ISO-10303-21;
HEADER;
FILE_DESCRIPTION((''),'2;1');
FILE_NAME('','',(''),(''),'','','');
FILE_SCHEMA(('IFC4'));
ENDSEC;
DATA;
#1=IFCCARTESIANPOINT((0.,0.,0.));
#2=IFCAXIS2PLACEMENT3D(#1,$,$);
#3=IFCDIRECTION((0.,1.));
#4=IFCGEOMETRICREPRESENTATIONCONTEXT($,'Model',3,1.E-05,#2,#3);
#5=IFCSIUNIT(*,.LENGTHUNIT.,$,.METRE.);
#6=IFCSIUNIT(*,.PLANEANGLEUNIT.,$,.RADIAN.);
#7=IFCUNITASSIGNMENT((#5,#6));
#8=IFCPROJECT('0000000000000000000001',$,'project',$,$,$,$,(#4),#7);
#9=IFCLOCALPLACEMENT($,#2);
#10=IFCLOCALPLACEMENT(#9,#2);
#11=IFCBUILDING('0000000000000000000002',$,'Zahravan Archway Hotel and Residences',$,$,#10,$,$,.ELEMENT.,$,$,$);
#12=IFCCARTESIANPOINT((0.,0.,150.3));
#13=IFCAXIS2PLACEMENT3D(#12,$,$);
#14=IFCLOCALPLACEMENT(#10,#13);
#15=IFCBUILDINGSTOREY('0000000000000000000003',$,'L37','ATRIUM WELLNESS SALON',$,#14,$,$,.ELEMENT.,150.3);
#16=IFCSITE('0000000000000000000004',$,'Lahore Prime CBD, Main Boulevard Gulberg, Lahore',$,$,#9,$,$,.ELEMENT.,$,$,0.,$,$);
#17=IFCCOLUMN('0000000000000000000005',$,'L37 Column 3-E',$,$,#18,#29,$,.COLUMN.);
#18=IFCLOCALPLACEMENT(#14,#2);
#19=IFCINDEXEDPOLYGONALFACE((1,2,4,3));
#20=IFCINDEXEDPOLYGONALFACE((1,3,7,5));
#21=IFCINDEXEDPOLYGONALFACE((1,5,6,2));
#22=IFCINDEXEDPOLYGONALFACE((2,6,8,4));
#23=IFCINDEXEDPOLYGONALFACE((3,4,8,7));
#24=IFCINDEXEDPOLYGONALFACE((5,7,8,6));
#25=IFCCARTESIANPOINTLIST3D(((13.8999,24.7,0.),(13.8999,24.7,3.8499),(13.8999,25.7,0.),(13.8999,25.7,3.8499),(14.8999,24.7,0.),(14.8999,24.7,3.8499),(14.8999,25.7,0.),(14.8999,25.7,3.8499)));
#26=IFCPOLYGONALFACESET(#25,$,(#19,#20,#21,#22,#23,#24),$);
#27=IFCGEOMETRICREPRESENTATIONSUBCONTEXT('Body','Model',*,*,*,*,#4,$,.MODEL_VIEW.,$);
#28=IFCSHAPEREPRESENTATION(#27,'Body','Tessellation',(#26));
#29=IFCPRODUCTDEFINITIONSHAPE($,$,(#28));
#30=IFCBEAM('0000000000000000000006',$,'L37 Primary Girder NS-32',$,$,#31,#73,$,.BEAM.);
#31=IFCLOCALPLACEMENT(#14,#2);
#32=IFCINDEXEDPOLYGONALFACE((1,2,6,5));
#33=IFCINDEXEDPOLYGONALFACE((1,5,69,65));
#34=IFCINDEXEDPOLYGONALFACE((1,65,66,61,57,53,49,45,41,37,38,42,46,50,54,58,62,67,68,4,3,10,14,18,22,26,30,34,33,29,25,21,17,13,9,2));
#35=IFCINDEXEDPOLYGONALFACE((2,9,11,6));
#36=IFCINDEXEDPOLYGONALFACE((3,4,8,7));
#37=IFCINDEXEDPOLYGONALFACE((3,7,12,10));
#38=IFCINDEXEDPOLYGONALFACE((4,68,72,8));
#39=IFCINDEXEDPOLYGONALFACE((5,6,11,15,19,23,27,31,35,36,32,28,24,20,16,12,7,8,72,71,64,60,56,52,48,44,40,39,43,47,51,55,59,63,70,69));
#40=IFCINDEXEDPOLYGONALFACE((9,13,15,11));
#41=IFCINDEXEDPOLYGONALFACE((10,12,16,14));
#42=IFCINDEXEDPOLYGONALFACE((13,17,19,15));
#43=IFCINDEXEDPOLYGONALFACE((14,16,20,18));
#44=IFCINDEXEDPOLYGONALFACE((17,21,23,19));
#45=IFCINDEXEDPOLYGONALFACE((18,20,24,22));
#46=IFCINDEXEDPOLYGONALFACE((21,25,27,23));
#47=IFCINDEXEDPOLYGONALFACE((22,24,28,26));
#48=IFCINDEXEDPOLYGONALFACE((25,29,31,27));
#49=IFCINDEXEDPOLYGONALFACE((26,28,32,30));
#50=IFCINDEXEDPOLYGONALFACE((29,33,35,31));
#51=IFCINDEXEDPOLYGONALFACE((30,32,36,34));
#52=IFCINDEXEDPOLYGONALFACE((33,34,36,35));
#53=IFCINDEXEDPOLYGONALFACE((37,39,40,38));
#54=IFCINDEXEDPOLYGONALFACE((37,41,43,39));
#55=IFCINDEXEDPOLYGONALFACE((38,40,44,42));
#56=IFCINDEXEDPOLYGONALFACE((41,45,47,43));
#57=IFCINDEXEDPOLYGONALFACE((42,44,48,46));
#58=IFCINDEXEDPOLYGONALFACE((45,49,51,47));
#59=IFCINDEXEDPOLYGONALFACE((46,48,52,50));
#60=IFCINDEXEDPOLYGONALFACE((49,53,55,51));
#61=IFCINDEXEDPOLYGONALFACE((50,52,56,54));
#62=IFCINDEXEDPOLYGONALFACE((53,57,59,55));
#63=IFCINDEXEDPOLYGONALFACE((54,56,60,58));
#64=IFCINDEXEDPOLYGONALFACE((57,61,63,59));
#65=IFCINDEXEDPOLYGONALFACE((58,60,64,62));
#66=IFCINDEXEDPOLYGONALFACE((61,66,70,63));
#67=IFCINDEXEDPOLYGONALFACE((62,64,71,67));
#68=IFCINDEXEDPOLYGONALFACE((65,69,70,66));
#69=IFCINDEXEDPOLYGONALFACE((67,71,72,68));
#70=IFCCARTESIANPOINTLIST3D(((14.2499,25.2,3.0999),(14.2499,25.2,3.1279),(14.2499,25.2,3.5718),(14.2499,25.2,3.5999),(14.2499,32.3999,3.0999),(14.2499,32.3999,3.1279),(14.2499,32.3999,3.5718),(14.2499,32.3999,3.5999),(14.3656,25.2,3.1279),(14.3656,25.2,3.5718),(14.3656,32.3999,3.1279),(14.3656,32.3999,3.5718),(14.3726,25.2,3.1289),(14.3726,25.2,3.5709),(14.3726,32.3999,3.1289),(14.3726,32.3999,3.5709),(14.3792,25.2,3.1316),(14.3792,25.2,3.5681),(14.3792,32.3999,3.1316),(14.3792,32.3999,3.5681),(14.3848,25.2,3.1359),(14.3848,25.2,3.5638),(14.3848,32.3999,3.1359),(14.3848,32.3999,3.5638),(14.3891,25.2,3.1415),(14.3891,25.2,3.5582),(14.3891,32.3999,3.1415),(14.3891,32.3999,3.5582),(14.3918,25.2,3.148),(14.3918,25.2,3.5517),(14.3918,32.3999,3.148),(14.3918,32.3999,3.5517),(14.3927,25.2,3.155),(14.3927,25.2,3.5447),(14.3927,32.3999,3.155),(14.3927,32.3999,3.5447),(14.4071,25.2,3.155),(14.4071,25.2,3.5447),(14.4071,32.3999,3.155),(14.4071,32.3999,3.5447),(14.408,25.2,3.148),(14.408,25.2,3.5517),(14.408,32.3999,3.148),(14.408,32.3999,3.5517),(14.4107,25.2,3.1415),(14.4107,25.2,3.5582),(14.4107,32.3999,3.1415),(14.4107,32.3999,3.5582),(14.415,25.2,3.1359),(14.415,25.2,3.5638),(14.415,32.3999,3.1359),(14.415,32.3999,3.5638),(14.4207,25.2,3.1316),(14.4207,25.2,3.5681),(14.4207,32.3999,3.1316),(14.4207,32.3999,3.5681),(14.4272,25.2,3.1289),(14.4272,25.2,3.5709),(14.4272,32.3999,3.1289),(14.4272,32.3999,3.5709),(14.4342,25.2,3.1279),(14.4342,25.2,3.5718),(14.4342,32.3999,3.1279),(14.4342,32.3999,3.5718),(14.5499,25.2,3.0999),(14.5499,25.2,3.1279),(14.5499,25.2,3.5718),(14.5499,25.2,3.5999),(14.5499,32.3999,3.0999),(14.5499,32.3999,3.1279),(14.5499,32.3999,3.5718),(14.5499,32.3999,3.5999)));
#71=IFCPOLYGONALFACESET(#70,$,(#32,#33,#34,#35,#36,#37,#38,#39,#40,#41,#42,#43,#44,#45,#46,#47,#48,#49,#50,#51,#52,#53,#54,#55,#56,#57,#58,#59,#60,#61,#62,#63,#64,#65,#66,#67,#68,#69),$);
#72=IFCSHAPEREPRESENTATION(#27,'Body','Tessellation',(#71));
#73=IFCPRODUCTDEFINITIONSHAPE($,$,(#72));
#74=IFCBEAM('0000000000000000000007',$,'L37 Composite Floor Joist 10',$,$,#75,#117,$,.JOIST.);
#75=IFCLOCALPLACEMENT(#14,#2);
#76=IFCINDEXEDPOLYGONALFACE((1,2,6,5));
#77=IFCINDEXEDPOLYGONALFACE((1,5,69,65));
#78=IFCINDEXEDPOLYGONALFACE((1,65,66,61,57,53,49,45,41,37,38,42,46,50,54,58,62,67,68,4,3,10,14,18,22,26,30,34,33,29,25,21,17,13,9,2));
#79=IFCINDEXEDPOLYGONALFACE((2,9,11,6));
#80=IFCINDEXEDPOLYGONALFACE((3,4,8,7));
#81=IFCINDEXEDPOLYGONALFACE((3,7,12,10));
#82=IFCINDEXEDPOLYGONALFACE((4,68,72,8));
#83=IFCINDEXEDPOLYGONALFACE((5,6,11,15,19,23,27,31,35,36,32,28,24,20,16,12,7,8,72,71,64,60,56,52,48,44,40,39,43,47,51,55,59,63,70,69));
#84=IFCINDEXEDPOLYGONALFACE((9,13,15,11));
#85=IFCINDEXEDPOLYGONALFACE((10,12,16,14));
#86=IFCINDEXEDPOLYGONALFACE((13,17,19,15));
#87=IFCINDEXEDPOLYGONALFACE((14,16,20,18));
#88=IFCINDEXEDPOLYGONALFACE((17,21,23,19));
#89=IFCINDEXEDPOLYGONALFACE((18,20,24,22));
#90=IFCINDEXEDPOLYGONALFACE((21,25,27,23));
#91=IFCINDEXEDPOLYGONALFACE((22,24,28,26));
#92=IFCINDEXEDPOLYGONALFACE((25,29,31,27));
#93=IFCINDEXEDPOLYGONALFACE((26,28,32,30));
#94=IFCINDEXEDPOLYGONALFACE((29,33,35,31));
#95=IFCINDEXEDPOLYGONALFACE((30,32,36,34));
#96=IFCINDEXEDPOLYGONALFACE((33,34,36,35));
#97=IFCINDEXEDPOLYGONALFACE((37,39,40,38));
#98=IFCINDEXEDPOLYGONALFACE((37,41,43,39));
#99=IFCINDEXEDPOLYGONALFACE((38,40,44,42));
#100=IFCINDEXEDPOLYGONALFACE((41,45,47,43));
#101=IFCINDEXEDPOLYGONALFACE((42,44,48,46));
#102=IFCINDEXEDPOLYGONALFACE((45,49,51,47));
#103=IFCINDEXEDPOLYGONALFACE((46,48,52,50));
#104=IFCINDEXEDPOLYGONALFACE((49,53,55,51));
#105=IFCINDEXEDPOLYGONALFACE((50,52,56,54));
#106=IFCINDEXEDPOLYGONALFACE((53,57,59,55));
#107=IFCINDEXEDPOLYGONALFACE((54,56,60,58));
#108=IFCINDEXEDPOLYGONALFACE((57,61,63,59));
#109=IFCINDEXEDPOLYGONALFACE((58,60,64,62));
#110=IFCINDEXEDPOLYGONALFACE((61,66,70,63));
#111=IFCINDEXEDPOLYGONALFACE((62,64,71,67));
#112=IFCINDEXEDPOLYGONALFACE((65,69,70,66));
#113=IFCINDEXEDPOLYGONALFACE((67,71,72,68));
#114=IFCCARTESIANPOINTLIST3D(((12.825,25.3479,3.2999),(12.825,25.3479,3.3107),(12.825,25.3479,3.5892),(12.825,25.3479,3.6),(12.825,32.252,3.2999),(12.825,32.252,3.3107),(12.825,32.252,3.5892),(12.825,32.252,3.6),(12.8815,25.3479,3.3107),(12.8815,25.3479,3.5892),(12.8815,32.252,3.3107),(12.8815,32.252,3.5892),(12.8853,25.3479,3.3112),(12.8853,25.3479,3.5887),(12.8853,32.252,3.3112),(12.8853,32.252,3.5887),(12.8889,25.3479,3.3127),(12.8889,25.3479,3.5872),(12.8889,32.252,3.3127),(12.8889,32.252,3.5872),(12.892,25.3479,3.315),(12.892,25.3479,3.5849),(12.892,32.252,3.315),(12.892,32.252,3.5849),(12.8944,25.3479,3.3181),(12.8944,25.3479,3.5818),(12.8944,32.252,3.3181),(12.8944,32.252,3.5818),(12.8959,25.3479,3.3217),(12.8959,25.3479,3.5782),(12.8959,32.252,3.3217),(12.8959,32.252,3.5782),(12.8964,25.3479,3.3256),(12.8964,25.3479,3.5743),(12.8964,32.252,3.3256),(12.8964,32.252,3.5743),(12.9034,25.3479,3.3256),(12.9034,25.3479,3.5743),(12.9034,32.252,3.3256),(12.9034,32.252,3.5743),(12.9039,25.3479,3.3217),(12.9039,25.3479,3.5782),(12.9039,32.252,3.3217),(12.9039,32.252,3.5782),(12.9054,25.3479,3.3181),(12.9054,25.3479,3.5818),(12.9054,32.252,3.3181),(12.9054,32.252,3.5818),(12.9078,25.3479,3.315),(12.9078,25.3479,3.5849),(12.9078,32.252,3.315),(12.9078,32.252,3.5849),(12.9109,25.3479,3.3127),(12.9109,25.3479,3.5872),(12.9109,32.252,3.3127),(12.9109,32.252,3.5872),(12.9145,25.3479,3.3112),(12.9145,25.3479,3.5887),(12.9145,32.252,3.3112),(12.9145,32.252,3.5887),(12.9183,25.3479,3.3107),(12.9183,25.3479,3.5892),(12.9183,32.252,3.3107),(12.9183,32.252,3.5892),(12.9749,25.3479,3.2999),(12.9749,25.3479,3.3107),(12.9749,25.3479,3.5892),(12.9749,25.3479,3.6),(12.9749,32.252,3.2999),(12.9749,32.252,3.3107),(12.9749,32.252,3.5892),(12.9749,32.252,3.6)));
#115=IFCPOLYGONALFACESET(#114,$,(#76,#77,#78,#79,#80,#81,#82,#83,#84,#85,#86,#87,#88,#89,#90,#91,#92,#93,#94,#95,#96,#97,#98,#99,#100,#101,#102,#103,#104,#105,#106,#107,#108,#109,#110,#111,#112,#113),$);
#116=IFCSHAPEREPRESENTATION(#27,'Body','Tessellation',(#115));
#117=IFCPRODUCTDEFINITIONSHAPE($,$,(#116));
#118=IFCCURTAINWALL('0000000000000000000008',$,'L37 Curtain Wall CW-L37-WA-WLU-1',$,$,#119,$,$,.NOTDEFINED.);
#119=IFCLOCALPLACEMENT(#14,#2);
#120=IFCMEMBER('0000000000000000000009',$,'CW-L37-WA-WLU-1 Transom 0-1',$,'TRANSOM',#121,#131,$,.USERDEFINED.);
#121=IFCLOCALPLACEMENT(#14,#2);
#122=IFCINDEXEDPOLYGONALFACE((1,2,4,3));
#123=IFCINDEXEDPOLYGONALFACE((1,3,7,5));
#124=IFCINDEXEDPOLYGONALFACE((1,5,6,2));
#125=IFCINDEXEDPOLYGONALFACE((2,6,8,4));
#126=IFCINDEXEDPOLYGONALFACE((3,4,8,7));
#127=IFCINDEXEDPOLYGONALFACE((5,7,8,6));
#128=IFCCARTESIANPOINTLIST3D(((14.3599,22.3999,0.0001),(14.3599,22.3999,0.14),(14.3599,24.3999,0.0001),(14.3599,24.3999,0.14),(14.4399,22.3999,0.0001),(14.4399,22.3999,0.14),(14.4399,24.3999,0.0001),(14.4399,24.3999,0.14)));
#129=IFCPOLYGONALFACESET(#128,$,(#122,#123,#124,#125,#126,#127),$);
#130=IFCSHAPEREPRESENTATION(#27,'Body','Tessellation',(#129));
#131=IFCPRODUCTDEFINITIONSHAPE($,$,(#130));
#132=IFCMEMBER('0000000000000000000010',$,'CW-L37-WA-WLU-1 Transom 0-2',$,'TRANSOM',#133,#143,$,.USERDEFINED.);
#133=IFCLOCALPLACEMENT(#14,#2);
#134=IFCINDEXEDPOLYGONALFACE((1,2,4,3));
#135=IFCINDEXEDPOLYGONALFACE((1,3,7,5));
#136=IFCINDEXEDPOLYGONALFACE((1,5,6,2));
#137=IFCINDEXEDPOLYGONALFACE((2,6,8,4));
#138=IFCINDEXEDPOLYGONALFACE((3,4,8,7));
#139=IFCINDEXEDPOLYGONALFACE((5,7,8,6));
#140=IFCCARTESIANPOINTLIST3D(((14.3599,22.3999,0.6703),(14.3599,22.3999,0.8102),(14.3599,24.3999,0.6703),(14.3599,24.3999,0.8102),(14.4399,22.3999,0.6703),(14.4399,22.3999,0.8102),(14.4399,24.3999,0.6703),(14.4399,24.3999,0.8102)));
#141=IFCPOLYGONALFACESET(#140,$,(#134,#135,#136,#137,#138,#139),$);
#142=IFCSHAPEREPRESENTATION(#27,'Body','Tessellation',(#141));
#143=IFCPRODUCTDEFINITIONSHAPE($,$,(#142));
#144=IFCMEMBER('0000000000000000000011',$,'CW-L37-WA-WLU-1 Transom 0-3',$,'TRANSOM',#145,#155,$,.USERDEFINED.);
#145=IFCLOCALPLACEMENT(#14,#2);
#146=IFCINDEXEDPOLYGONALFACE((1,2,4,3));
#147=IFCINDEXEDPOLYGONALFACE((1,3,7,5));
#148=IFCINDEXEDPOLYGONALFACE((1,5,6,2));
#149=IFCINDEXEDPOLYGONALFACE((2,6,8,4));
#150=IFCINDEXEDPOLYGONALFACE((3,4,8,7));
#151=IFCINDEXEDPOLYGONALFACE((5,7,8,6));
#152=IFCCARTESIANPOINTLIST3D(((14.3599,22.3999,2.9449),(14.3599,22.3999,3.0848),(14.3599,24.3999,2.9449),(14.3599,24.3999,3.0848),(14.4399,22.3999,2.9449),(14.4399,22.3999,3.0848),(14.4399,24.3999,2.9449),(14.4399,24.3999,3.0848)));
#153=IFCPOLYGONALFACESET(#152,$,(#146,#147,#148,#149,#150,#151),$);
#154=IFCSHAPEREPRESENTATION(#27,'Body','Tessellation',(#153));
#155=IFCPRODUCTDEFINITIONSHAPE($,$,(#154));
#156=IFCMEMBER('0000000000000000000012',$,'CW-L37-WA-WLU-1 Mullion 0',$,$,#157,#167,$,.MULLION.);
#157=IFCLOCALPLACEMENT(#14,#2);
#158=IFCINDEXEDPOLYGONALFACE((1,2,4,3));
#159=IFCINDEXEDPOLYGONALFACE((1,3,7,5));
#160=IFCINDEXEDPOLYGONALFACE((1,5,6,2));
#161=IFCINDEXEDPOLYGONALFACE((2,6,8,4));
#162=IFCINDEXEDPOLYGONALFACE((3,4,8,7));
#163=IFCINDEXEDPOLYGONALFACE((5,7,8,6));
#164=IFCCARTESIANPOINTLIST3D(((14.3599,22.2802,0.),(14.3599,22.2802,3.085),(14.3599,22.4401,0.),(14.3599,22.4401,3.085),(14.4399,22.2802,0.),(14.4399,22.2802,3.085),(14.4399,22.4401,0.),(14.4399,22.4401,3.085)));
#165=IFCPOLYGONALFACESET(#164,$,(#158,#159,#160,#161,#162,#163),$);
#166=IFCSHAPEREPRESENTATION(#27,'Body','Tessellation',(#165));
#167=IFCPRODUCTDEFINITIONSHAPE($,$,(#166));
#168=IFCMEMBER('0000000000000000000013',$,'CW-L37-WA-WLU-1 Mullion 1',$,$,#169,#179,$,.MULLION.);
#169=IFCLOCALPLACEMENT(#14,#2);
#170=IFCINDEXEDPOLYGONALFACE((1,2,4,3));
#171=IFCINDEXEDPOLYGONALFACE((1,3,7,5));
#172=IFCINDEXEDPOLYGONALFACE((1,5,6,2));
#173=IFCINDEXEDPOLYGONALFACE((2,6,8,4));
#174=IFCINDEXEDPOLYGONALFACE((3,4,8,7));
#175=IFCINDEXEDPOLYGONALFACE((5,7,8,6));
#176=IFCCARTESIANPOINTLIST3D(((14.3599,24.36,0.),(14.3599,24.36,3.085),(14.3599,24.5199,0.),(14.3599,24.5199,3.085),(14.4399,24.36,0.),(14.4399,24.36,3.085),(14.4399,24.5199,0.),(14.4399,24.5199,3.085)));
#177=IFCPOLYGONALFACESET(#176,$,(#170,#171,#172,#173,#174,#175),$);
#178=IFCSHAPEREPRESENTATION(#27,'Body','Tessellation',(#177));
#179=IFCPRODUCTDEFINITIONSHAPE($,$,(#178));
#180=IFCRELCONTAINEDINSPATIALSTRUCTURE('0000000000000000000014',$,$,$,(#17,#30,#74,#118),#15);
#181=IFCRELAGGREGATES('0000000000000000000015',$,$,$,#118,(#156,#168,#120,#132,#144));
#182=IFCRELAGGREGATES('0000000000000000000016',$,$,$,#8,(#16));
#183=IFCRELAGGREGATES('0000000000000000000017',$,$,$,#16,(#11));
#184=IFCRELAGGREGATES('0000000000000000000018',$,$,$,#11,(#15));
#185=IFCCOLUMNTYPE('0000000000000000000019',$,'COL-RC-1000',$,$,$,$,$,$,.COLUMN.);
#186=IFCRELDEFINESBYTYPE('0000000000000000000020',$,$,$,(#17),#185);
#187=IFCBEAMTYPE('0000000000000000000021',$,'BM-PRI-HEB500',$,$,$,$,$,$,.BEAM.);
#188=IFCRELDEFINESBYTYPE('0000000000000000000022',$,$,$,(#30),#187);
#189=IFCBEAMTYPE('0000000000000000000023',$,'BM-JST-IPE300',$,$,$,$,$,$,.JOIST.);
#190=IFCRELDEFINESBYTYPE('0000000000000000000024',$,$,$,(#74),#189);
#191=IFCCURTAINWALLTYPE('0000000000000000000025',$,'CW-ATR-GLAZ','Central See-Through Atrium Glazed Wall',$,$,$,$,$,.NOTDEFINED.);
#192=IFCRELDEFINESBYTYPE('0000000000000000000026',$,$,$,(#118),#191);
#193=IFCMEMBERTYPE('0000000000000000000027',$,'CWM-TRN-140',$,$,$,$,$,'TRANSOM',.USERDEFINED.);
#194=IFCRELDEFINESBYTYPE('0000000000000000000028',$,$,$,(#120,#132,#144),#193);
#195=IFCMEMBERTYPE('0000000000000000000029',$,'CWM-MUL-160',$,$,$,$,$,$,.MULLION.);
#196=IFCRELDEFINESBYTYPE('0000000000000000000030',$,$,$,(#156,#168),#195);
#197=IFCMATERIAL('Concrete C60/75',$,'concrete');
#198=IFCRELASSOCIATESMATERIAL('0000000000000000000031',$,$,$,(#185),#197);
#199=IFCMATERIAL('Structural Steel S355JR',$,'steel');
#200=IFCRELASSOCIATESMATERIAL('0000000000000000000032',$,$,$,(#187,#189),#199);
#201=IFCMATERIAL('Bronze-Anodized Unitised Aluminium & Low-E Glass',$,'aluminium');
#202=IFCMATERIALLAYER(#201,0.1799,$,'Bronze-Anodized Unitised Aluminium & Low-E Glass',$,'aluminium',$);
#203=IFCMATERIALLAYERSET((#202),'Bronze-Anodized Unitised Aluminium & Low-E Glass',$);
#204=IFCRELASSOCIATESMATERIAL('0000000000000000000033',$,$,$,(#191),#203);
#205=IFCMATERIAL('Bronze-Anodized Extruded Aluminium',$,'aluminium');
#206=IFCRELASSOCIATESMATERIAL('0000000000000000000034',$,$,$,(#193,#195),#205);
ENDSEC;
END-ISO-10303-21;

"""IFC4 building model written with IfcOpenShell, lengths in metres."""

from ifc_helpers import new_model, si_unit, direction, frame, origin, origin_2d, place, context, subcontext, project, spatial, rectangle, i_section, extrude, source, transform, mapped, material, layer, layer_set, material_profile, profile_set, type_object, type_shapes, element, aggregate, save


model = new_model("IFC4")

# Units and contexts
model_context = context("Model", 3, precision=1e-05, world=origin(), true_north=direction((0.0, 1.0)))
body_context = subcontext(model_context, "Body", "Model", "MODEL_VIEW")
ifc_project = project(units=[si_unit("LENGTHUNIT", "METRE"), si_unit("PLANEANGLEUNIT", "RADIAN")], contexts=[model_context])

# Site, building, storey
site_placement = place(None, origin())
site = spatial("IfcSite", under=ifc_project, at=site_placement, Name="Lahore Prime CBD, Main Boulevard Gulberg, Lahore", CompositionType="ELEMENT", RefElevation=0.0)
building_placement = place(site_placement, origin())
building = spatial("IfcBuilding", under=site, at=building_placement, Name="Zahravan Archway Hotel and Residences", CompositionType="ELEMENT")
storey_placement = place(building_placement, frame((0.0, 0.0, 150.3)))
storey = spatial("IfcBuildingStorey", under=building, at=storey_placement, Name="L37", Description="ATRIUM WELLNESS SALON", CompositionType="ELEMENT", Elevation=150.3)

# Column
ifc_material_1 = material(Name="Concrete C60/75", Category="concrete")
ifc_material_profile_1 = material_profile(ifc_material_1, rectangle(XDim=1.0, YDim=1.0, at=origin_2d()), Name="RC-COL-1000x1000", Category="concrete")
ifc_profile_set_1 = profile_set([ifc_material_profile_1], Name="Concrete C60/75")
column_type = type_object("IfcColumnType", Name="COL-RC-1000", PredefinedType="COLUMN", material=ifc_profile_set_1)
shared_shape_1 = source(origin(), body_context, "Body", "SweptSolid", [
    extrude(rectangle(XDim=1.0, YDim=1.0, at=origin_2d()), origin(), (0.0, 0.0, 1.0), 3.8499),
])
column_placement = place(storey_placement, frame((14.3999, 25.2, 0.0), z_axis=(0.0, 0.0, 1.0), x_axis=(1.0, 0.0, 0.0)))
element("IfcColumn", 1, at=column_placement, inside=storey, type_object=column_type, Name="L37 Column 3-E", PredefinedType="COLUMN", context=body_context, shape_type="MappedRepresentation", body=[
    mapped(shared_shape_1, transform((0.0, 0.0, 0.0), scale=1.0)),
])

# Beams
ifc_material_2 = material(Name="Structural Steel S355JR", Category="steel")
ifc_material_profile_2 = material_profile(ifc_material_2, i_section(OverallWidth=0.3, OverallDepth=0.5, WebThickness=0.0144, FlangeThickness=0.0281, FilletRadius=0.0271, at=origin_2d()), Name="HEB 500", Category="steel")
ifc_profile_set_2 = profile_set([ifc_material_profile_2], Name="Structural Steel S355JR")
beam_type_1 = type_object("IfcBeamType", Name="BM-PRI-HEB500", PredefinedType="BEAM", material=ifc_profile_set_2)
shared_shape_2 = source(origin(), body_context, "Body", "SweptSolid", [
    extrude(i_section(OverallWidth=0.3, OverallDepth=0.5, WebThickness=0.0144, FlangeThickness=0.0281, FilletRadius=0.0271, at=origin_2d()), origin(), (0.0, 0.0, 1.0), 7.2),
])
beam_1_placement = place(storey_placement, frame((14.3999, 25.2, 3.3499), z_axis=(0.0, 1.0, 0.0), x_axis=(-1.0, 0.0, 0.0)))
element("IfcBeam", 2, at=beam_1_placement, inside=storey, type_object=beam_type_1, Name="L37 Primary Girder NS-32", PredefinedType="BEAM", context=body_context, shape_type="MappedRepresentation", body=[
    mapped(shared_shape_2, transform((0.0, 0.0, 0.0), scale=1.0)),
])
ifc_material_profile_3 = material_profile(ifc_material_2, i_section(OverallWidth=0.1499, OverallDepth=0.3, WebThickness=0.0071, FlangeThickness=0.0107, FilletRadius=0.0149, at=origin_2d()), Name="IPE 300", Category="steel")
ifc_profile_set_3 = profile_set([ifc_material_profile_3], Name="Structural Steel S355JR")
beam_type_2 = type_object("IfcBeamType", Name="BM-JST-IPE300", PredefinedType="JOIST", material=ifc_profile_set_3)
shared_shape_3 = source(origin(), body_context, "Body", "SweptSolid", [
    extrude(i_section(OverallWidth=0.1499, OverallDepth=0.3, WebThickness=0.0071, FlangeThickness=0.0107, FilletRadius=0.0149, at=origin_2d()), origin(), (0.0, 0.0, 1.0), 6.9041),
])
type_shapes(beam_type_2, [shared_shape_3])
beam_2_placement = place(storey_placement, frame((12.8999, 25.3479, 3.45), z_axis=(0.0, 1.0, 0.0), x_axis=(-1.0, 0.0, 0.0)))
element("IfcBeam", 3, at=beam_2_placement, inside=storey, type_object=beam_type_2, Name="L37 Composite Floor Joist 10", PredefinedType="JOIST", context=body_context, shape_type="MappedRepresentation", body=[
    mapped(shared_shape_3, transform((0.0, 0.0, 0.0), scale=1.0)),
])

# Curtain wall, members
ifc_material_3 = material(Name="Bronze-Anodized Unitised Aluminium & Low-E Glass", Category="aluminium")
ifc_layer_1 = layer(ifc_material_3, 0.1799, Name="Bronze-Anodized Unitised Aluminium & Low-E Glass", Category="aluminium")
ifc_layer_set_1 = layer_set([ifc_layer_1], Name="Bronze-Anodized Unitised Aluminium & Low-E Glass")
curtain_wall_type = type_object("IfcCurtainWallType", Name="CW-ATR-GLAZ", Description="Central See-Through Atrium Glazed Wall", PredefinedType="NOTDEFINED", material=ifc_layer_set_1)
curtain_wall_1_placement = place(storey_placement, origin())
curtain_wall_1 = element("IfcCurtainWall", 4, at=curtain_wall_1_placement, inside=storey, type_object=curtain_wall_type, Name="L37 Curtain Wall CW-L37-WA-WLU-1", PredefinedType="NOTDEFINED")
ifc_material_4 = material(Name="Bronze-Anodized Extruded Aluminium", Category="aluminium")
ifc_material_profile_4 = material_profile(ifc_material_4, rectangle(XDim=0.0801, YDim=0.1399, at=origin_2d()), Name="TRN 80x140", Category="aluminium")
ifc_profile_set_4 = profile_set([ifc_material_profile_4], Name="Bronze-Anodized Extruded Aluminium")
member_type_1 = type_object("IfcMemberType", Name="CWM-TRN-140", ElementType="TRANSOM", PredefinedType="USERDEFINED", material=ifc_profile_set_4)
shared_shape_4 = source(origin(), body_context, "Body", "SweptSolid", [
    extrude(rectangle(XDim=0.0801, YDim=0.1399, at=origin_2d()), origin(), (0.0, 0.0, 1.0), 2.0),
])
member_1_placement = place(storey_placement, frame((14.3999, 22.3999, 0.0701), z_axis=(0.0, 1.0, 0.0), x_axis=(-1.0, 0.0, 0.0)))
member_1 = element("IfcMember", 5, at=member_1_placement, type_object=member_type_1, Name="CW-L37-WA-WLU-1 Transom 0-1", ObjectType="TRANSOM", PredefinedType="USERDEFINED", context=body_context, shape_type="MappedRepresentation", body=[
    mapped(shared_shape_4, transform((0.0, 0.0, 0.0), scale=1.0)),
])
member_2_placement = place(storey_placement, frame((14.3999, 22.3999, 0.7402), z_axis=(0.0, 1.0, 0.0), x_axis=(-1.0, 0.0, 0.0)))
member_2 = element("IfcMember", 6, at=member_2_placement, type_object=member_type_1, Name="CW-L37-WA-WLU-1 Transom 0-2", ObjectType="TRANSOM", PredefinedType="USERDEFINED", context=body_context, shape_type="MappedRepresentation", body=[
    mapped(shared_shape_4, transform((0.0, 0.0, 0.0), scale=1.0)),
])
member_3_placement = place(storey_placement, frame((14.3999, 22.3999, 3.0149), z_axis=(0.0, 1.0, 0.0), x_axis=(-1.0, 0.0, 0.0)))
member_3 = element("IfcMember", 7, at=member_3_placement, type_object=member_type_1, Name="CW-L37-WA-WLU-1 Transom 0-3", ObjectType="TRANSOM", PredefinedType="USERDEFINED", context=body_context, shape_type="MappedRepresentation", body=[
    mapped(shared_shape_4, transform((0.0, 0.0, 0.0), scale=1.0)),
])
ifc_material_profile_5 = material_profile(ifc_material_4, rectangle(XDim=0.0801, YDim=0.1599, at=origin_2d()), Name="MUL 80x160", Category="aluminium")
ifc_profile_set_5 = profile_set([ifc_material_profile_5], Name="Bronze-Anodized Extruded Aluminium")
member_type_2 = type_object("IfcMemberType", Name="CWM-MUL-160", PredefinedType="MULLION", material=ifc_profile_set_5)
shared_shape_5 = source(origin(), body_context, "Body", "SweptSolid", [
    extrude(rectangle(XDim=0.0801, YDim=0.1599, at=origin_2d()), origin(), (0.0, 0.0, 1.0), 3.085),
])
member_4_placement = place(storey_placement, frame((14.3999, 22.3601, 0.0), z_axis=(0.0, 0.0, 1.0), x_axis=(1.0, 0.0, 0.0)))
member_4 = element("IfcMember", 8, at=member_4_placement, type_object=member_type_2, Name="CW-L37-WA-WLU-1 Mullion 0", PredefinedType="MULLION", context=body_context, shape_type="MappedRepresentation", body=[
    mapped(shared_shape_5, transform((0.0, 0.0, 0.0), scale=1.0)),
])
member_5_placement = place(storey_placement, frame((14.3999, 24.4399, 0.0), z_axis=(0.0, 0.0, 1.0), x_axis=(1.0, 0.0, 0.0)))
member_5 = element("IfcMember", 9, at=member_5_placement, type_object=member_type_2, Name="CW-L37-WA-WLU-1 Mullion 1", PredefinedType="MULLION", context=body_context, shape_type="MappedRepresentation", body=[
    mapped(shared_shape_5, transform((0.0, 0.0, 0.0), scale=1.0)),
])

aggregate(curtain_wall_1, [member_4, member_5, member_1, member_2, member_3])

save(model, "model.ifc")
